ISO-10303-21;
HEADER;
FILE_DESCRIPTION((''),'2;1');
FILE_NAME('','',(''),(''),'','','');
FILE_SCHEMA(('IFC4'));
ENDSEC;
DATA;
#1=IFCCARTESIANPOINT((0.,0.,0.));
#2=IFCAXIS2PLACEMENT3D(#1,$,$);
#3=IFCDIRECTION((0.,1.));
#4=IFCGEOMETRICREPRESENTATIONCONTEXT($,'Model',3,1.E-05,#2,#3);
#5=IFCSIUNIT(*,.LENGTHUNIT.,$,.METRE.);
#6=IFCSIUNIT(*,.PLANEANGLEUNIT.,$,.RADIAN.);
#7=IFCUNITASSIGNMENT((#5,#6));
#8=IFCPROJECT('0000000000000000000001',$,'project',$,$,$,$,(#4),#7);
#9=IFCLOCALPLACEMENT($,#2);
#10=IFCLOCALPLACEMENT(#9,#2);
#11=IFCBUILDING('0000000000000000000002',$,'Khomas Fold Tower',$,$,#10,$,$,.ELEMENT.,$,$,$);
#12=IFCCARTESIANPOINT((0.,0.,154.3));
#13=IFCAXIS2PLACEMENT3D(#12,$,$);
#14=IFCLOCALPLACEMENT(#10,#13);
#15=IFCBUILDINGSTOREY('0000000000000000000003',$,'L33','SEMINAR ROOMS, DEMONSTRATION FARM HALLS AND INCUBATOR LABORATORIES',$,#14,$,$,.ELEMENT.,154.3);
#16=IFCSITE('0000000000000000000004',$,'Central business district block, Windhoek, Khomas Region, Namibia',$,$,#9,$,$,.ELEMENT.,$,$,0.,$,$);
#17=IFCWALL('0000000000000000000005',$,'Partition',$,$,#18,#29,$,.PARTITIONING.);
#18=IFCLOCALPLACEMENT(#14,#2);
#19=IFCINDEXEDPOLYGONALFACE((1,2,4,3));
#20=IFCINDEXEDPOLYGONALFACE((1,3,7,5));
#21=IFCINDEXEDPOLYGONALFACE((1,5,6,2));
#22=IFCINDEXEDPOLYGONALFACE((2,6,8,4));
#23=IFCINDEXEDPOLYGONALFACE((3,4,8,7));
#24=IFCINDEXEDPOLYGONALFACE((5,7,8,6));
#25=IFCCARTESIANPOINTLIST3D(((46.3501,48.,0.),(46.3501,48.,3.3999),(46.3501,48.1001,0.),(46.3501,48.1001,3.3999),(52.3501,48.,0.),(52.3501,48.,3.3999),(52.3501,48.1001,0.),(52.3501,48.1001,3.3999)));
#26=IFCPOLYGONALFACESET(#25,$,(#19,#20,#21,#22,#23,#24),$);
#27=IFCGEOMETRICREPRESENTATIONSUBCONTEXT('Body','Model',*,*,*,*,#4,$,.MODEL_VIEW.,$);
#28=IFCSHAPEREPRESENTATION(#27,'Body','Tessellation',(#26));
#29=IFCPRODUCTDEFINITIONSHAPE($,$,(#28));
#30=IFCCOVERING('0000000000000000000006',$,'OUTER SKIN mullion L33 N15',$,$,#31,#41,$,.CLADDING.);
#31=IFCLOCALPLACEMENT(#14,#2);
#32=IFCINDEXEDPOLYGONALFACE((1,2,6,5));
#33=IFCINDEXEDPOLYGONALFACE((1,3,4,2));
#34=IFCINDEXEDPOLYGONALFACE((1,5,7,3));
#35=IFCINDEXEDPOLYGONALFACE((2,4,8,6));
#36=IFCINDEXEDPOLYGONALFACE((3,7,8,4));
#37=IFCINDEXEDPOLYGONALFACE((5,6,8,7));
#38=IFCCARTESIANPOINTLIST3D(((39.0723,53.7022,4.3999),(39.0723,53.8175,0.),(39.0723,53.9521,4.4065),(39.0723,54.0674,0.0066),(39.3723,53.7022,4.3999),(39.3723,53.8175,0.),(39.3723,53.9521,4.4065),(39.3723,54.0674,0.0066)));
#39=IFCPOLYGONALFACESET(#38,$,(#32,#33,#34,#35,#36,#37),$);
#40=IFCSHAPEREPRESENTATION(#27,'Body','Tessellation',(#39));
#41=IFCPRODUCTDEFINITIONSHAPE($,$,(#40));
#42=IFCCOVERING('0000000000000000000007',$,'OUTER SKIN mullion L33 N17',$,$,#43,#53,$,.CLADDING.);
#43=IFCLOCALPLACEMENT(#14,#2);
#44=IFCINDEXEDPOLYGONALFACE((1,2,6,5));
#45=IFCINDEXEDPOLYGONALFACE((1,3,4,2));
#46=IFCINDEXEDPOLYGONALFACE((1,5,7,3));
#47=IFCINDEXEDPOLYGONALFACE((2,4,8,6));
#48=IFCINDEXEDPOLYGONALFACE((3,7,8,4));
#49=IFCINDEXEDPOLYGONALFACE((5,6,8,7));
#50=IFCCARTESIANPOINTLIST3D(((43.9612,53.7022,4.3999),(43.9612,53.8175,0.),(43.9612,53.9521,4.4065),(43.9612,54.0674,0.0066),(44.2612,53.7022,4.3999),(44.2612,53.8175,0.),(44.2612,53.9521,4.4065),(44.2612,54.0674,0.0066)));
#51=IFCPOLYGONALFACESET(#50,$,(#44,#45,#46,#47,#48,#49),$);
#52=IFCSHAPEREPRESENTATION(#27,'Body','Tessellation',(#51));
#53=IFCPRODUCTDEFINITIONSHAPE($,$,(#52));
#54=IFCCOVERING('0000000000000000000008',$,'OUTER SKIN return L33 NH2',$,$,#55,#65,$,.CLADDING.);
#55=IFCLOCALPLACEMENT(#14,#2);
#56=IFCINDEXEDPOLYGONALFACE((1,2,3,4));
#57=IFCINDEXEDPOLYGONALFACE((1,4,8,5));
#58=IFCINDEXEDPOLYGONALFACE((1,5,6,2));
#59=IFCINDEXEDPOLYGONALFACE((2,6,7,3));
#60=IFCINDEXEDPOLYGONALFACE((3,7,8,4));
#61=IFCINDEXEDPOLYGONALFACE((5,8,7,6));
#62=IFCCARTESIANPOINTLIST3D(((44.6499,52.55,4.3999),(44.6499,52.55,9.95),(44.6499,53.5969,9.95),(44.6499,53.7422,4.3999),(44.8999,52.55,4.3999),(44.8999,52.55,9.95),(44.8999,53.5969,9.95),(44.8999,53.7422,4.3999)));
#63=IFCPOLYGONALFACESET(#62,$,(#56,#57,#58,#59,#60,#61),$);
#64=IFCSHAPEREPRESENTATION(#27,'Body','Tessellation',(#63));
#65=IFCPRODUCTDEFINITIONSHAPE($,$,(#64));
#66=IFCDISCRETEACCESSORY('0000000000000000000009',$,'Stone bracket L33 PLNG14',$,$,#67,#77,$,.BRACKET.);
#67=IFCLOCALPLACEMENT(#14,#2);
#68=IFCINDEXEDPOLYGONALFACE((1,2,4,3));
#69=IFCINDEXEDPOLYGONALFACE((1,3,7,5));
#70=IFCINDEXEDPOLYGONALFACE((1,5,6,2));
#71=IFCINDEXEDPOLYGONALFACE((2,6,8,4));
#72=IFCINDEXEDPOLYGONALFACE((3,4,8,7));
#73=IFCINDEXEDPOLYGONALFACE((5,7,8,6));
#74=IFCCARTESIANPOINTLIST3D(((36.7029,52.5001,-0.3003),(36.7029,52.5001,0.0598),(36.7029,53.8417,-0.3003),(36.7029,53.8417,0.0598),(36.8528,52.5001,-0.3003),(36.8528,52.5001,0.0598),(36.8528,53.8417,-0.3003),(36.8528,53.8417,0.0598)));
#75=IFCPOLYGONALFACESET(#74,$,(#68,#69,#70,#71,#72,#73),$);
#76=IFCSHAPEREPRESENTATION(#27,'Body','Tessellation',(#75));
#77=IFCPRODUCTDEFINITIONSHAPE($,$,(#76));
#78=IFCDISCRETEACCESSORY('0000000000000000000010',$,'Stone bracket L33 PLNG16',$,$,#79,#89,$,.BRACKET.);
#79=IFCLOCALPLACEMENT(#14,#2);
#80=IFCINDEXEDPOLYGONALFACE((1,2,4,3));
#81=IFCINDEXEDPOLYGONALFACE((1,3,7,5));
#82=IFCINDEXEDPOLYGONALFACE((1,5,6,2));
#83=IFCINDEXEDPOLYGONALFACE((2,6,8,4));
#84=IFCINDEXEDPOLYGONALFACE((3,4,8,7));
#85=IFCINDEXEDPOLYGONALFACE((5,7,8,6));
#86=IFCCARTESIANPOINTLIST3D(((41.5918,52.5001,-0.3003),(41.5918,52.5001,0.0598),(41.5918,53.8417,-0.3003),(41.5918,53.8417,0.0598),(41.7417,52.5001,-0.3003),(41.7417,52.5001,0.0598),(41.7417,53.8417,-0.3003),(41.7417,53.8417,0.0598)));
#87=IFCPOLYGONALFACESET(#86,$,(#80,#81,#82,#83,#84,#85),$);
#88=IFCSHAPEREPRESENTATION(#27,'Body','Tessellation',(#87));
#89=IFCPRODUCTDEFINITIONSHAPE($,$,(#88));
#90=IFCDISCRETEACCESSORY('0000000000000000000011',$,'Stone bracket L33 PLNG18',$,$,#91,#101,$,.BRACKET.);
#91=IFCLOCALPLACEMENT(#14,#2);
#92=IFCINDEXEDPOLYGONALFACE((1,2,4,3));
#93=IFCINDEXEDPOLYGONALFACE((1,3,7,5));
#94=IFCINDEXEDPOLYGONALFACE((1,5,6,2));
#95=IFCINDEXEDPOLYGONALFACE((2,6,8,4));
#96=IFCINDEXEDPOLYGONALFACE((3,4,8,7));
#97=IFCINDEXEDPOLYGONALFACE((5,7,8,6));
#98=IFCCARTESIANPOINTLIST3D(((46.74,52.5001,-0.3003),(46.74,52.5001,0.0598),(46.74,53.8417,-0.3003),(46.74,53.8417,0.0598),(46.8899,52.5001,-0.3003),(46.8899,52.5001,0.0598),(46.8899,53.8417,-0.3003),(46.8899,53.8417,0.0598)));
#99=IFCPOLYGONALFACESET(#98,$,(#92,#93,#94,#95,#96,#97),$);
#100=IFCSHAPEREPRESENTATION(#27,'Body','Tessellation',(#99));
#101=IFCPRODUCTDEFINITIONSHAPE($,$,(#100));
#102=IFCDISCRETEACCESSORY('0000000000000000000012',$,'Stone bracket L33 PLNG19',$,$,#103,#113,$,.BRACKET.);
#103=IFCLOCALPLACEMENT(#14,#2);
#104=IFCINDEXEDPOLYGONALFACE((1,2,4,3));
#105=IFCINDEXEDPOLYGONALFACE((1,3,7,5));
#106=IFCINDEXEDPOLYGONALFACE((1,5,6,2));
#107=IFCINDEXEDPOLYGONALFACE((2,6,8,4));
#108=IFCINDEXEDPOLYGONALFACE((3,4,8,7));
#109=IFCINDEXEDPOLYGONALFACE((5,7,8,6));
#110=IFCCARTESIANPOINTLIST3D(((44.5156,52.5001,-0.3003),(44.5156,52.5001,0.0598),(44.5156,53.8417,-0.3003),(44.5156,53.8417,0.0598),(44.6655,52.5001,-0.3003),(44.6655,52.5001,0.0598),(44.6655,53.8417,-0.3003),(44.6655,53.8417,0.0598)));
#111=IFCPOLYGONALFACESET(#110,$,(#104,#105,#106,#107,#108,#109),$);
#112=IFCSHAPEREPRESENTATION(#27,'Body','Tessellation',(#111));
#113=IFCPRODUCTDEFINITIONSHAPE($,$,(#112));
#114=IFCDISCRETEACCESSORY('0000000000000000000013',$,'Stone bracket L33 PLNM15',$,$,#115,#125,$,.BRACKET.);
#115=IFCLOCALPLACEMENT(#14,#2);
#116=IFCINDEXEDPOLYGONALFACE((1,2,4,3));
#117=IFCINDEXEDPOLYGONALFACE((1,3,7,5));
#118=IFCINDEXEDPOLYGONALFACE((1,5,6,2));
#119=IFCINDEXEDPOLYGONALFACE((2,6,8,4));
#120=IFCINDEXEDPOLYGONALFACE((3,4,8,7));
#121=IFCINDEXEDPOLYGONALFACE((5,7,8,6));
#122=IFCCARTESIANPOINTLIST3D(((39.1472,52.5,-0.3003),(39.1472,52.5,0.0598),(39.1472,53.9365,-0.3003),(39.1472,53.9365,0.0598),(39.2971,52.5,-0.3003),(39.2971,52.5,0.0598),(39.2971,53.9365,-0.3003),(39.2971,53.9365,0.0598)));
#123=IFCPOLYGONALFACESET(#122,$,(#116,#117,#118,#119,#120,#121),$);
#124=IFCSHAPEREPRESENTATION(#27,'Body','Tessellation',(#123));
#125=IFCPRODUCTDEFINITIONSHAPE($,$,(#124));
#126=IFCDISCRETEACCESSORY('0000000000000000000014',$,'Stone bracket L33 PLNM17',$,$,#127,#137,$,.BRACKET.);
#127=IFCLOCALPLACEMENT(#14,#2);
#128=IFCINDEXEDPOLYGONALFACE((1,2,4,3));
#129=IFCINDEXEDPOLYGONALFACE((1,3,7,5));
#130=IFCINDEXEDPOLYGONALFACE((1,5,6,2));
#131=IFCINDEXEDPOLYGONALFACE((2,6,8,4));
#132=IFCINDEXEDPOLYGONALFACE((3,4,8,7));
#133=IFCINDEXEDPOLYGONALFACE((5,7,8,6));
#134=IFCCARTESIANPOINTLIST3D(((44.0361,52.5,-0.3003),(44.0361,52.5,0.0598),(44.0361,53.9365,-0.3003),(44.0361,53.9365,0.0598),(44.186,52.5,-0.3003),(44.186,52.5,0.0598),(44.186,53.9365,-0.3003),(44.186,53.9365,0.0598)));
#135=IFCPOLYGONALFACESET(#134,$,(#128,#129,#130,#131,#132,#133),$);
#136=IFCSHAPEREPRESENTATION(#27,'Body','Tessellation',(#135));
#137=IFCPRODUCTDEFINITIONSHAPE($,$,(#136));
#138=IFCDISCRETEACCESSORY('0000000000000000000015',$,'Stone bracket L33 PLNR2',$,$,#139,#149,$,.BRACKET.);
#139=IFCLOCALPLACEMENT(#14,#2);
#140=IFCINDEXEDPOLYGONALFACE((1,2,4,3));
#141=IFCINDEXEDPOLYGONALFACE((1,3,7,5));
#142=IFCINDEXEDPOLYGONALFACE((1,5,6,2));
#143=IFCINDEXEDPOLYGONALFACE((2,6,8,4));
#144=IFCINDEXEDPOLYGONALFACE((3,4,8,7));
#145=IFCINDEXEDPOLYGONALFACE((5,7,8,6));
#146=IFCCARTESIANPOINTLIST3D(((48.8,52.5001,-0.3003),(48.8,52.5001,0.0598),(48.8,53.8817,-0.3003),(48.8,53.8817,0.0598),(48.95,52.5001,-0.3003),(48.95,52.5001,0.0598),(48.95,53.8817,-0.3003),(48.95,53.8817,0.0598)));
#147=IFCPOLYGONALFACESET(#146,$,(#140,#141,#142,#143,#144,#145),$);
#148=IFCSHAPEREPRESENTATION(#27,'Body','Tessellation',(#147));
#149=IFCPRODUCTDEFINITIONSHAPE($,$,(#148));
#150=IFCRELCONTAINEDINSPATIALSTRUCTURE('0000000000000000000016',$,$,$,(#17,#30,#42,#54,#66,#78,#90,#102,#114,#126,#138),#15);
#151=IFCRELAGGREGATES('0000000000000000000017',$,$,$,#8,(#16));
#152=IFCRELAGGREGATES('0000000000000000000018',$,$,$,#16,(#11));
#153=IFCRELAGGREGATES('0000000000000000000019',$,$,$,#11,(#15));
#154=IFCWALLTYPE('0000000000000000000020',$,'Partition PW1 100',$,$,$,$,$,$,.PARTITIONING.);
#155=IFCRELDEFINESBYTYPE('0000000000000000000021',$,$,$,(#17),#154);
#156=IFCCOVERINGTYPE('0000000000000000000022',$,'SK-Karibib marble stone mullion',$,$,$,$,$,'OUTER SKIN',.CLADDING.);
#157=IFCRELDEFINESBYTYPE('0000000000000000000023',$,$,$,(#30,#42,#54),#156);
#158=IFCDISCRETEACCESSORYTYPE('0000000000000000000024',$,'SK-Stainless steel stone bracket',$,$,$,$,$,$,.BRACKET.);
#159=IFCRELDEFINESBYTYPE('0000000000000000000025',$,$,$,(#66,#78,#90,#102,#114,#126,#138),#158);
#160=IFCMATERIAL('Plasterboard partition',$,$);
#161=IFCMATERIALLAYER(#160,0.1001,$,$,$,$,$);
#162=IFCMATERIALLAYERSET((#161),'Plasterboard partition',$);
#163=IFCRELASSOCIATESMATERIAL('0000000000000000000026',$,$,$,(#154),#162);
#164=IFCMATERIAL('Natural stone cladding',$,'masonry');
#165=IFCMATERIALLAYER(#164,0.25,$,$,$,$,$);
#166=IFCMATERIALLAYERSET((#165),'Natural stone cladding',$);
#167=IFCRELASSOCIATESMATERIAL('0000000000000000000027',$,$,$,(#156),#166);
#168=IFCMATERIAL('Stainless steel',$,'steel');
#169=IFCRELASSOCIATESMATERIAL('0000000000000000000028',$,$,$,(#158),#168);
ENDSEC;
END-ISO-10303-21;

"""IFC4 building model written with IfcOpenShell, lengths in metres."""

from ifc_helpers import new_model, si_unit, direction, frame, frame_2d, origin, origin_2d, place, context, subcontext, project, spatial, polyline, rectangle, outline, extrude, source, transform, mapped, material, layer, layer_set, type_object, element, save


model = new_model("IFC4")

# Units and contexts
model_context = context("Model", 3, precision=1e-05, world=origin(), true_north=direction((0.0, 1.0)))
body_context = subcontext(model_context, "Body", "Model", "MODEL_VIEW")
ifc_project = project(units=[si_unit("LENGTHUNIT", "METRE"), si_unit("PLANEANGLEUNIT", "RADIAN")], contexts=[model_context])

# Site, building, storey
site_placement = place(None, origin())
site = spatial("IfcSite", under=ifc_project, at=site_placement, Name="Central business district block, Windhoek, Khomas Region, Namibia", CompositionType="ELEMENT", RefElevation=0.0)
building_placement = place(site_placement, origin())
building = spatial("IfcBuilding", under=site, at=building_placement, Name="Khomas Fold Tower", CompositionType="ELEMENT")
storey_placement = place(building_placement, frame((0.0, 0.0, 154.3)))
storey = spatial("IfcBuildingStorey", under=building, at=storey_placement, Name="L33", Description="SEMINAR ROOMS, DEMONSTRATION FARM HALLS AND INCUBATOR LABORATORIES", CompositionType="ELEMENT", Elevation=154.3)

# Wall
ifc_material_1 = material(Name="Plasterboard partition")
ifc_layer_1 = layer(ifc_material_1, 0.1001)
ifc_layer_set_1 = layer_set([ifc_layer_1], Name="Plasterboard partition")
wall_type = type_object("IfcWallType", Name="Partition PW1 100", PredefinedType="PARTITIONING", material=ifc_layer_set_1)
shared_shape_1 = source(origin(), body_context, "Body", "SweptSolid", [
    extrude(rectangle(XDim=6.0, YDim=0.1001, at=frame_2d((3.0, 0.0))), origin(), (0.0, 0.0, 1.0), 3.3999),
])
wall_placement = place(storey_placement, frame((46.3501, 48.05, 0.0), z_axis=(0.0, 0.0, 1.0), x_axis=(1.0, 0.0, 0.0)))
element("IfcWall", 1, at=wall_placement, inside=storey, type_object=wall_type, Name="Partition", PredefinedType="PARTITIONING", context=body_context, shape_type="MappedRepresentation", body=[
    mapped(shared_shape_1, transform((0.0, 0.0, 0.0))),
])

# Coverings
ifc_material_2 = material(Name="Natural stone cladding", Category="masonry")
ifc_layer_2 = layer(ifc_material_2, 0.25)
ifc_layer_set_2 = layer_set([ifc_layer_2], Name="Natural stone cladding")
covering_type = type_object("IfcCoveringType", Name="SK-Karibib marble stone mullion", ElementType="OUTER SKIN", PredefinedType="CLADDING", material=ifc_layer_set_2)
for number, where, z_axis, x_axis, name in (
    (2, (39.0723, 54.0674, 0.0066), (0.0, 0.999657, 0.026181), (1.0, 0.0, 0.0), "OUTER SKIN mullion L33 N15"),
    (3, (43.9612, 54.0674, 0.0066), (0.0, 0.999657, 0.026181), (1.0, 0.0, 0.0), "OUTER SKIN mullion L33 N17"),
):
    element("IfcCovering", number, at=place(storey_placement, frame(where, z_axis=z_axis, x_axis=x_axis)), inside=storey, type_object=covering_type, Name=name, PredefinedType="CLADDING", context=body_context, shape_type="SweptSolid", body=[
        extrude(outline(polyline([(0.0, 0.0), (0.3, 0.0), (0.3, -4.4014), (0.0, -4.4014), (0.0, 0.0)])), origin(), (0.0, 0.0, -1.0), 0.25),
    ])
covering_placement = place(storey_placement, frame((44.6499, 52.55, 9.95), z_axis=(-1.0, 0.0, 0.0), x_axis=(0.0, 1.0, 0.0)))
element("IfcCovering", 4, at=covering_placement, inside=storey, type_object=covering_type, Name="OUTER SKIN return L33 NH2", PredefinedType="CLADDING", context=body_context, shape_type="SweptSolid", body=[
    extrude(outline(polyline([(0.0, 0.0), (1.0469, 0.0), (1.1921, 5.55), (0.0, 5.55), (0.0, 0.0)])), origin(), (0.0, 0.0, -1.0), 0.25),
])

# Discrete accessories
ifc_material_3 = material(Name="Stainless steel", Category="steel")
discrete_accessory_type = type_object("IfcDiscreteAccessoryType", Name="SK-Stainless steel stone bracket", PredefinedType="BRACKET", material=ifc_material_3)
shared_shape_2 = source(origin(), body_context, "Body", "SweptSolid", [
    extrude(rectangle(XDim=1.3416, YDim=0.1499, at=origin_2d()), origin(), (0.0, 0.0, 1.0), 0.3601),
])
for number, where, z_axis, x_axis, name in (
    (5, (36.7778, 53.1709, -0.3003), (0.0, 0.0, 1.0), (0.0, 1.0, 0.0), "Stone bracket L33 PLNG14"),
    (6, (41.6667, 53.1709, -0.3003), (0.0, 0.0, 1.0), (0.0, 1.0, 0.0), "Stone bracket L33 PLNG16"),
    (7, (46.8149, 53.1709, -0.3003), (0.0, 0.0, 1.0), (0.0, 1.0, 0.0), "Stone bracket L33 PLNG18"),
    (8, (44.5906, 53.1709, -0.3003), (0.0, 0.0, 1.0), (0.0, 1.0, 0.0), "Stone bracket L33 PLNG19"),
):
    element("IfcDiscreteAccessory", number, at=place(storey_placement, frame(where, z_axis=z_axis, x_axis=x_axis)), inside=storey, type_object=discrete_accessory_type, Name=name, PredefinedType="BRACKET", context=body_context, shape_type="MappedRepresentation", body=[
        mapped(shared_shape_2, transform((0.0, 0.0, 0.0))),
    ])
shared_shape_3 = source(origin(), body_context, "Body", "SweptSolid", [
    extrude(rectangle(XDim=1.4365, YDim=0.1499, at=origin_2d()), origin(), (0.0, 0.0, 1.0), 0.3601),
])
for number, where, z_axis, x_axis, name in (
    (9, (39.2222, 53.2183, -0.3003), (0.0, 0.0, 1.0), (0.0, 1.0, 0.0), "Stone bracket L33 PLNM15"),
    (10, (44.1111, 53.2183, -0.3003), (0.0, 0.0, 1.0), (0.0, 1.0, 0.0), "Stone bracket L33 PLNM17"),
):
    element("IfcDiscreteAccessory", number, at=place(storey_placement, frame(where, z_axis=z_axis, x_axis=x_axis)), inside=storey, type_object=discrete_accessory_type, Name=name, PredefinedType="BRACKET", context=body_context, shape_type="MappedRepresentation", body=[
        mapped(shared_shape_3, transform((0.0, 0.0, 0.0))),
    ])
shared_shape_4 = source(origin(), body_context, "Body", "SweptSolid", [
    extrude(rectangle(XDim=1.3816, YDim=0.1499, at=origin_2d()), origin(), (0.0, 0.0, 1.0), 0.3601),
])
discrete_accessory_placement = place(storey_placement, frame((48.875, 53.1909, -0.3003), z_axis=(0.0, 0.0, 1.0), x_axis=(0.0, 1.0, 0.0)))
element("IfcDiscreteAccessory", 11, at=discrete_accessory_placement, inside=storey, type_object=discrete_accessory_type, Name="Stone bracket L33 PLNR2", PredefinedType="BRACKET", context=body_context, shape_type="MappedRepresentation", body=[
    mapped(shared_shape_4, transform((0.0, 0.0, 0.0))),
])

save(model, "model.ifc")
